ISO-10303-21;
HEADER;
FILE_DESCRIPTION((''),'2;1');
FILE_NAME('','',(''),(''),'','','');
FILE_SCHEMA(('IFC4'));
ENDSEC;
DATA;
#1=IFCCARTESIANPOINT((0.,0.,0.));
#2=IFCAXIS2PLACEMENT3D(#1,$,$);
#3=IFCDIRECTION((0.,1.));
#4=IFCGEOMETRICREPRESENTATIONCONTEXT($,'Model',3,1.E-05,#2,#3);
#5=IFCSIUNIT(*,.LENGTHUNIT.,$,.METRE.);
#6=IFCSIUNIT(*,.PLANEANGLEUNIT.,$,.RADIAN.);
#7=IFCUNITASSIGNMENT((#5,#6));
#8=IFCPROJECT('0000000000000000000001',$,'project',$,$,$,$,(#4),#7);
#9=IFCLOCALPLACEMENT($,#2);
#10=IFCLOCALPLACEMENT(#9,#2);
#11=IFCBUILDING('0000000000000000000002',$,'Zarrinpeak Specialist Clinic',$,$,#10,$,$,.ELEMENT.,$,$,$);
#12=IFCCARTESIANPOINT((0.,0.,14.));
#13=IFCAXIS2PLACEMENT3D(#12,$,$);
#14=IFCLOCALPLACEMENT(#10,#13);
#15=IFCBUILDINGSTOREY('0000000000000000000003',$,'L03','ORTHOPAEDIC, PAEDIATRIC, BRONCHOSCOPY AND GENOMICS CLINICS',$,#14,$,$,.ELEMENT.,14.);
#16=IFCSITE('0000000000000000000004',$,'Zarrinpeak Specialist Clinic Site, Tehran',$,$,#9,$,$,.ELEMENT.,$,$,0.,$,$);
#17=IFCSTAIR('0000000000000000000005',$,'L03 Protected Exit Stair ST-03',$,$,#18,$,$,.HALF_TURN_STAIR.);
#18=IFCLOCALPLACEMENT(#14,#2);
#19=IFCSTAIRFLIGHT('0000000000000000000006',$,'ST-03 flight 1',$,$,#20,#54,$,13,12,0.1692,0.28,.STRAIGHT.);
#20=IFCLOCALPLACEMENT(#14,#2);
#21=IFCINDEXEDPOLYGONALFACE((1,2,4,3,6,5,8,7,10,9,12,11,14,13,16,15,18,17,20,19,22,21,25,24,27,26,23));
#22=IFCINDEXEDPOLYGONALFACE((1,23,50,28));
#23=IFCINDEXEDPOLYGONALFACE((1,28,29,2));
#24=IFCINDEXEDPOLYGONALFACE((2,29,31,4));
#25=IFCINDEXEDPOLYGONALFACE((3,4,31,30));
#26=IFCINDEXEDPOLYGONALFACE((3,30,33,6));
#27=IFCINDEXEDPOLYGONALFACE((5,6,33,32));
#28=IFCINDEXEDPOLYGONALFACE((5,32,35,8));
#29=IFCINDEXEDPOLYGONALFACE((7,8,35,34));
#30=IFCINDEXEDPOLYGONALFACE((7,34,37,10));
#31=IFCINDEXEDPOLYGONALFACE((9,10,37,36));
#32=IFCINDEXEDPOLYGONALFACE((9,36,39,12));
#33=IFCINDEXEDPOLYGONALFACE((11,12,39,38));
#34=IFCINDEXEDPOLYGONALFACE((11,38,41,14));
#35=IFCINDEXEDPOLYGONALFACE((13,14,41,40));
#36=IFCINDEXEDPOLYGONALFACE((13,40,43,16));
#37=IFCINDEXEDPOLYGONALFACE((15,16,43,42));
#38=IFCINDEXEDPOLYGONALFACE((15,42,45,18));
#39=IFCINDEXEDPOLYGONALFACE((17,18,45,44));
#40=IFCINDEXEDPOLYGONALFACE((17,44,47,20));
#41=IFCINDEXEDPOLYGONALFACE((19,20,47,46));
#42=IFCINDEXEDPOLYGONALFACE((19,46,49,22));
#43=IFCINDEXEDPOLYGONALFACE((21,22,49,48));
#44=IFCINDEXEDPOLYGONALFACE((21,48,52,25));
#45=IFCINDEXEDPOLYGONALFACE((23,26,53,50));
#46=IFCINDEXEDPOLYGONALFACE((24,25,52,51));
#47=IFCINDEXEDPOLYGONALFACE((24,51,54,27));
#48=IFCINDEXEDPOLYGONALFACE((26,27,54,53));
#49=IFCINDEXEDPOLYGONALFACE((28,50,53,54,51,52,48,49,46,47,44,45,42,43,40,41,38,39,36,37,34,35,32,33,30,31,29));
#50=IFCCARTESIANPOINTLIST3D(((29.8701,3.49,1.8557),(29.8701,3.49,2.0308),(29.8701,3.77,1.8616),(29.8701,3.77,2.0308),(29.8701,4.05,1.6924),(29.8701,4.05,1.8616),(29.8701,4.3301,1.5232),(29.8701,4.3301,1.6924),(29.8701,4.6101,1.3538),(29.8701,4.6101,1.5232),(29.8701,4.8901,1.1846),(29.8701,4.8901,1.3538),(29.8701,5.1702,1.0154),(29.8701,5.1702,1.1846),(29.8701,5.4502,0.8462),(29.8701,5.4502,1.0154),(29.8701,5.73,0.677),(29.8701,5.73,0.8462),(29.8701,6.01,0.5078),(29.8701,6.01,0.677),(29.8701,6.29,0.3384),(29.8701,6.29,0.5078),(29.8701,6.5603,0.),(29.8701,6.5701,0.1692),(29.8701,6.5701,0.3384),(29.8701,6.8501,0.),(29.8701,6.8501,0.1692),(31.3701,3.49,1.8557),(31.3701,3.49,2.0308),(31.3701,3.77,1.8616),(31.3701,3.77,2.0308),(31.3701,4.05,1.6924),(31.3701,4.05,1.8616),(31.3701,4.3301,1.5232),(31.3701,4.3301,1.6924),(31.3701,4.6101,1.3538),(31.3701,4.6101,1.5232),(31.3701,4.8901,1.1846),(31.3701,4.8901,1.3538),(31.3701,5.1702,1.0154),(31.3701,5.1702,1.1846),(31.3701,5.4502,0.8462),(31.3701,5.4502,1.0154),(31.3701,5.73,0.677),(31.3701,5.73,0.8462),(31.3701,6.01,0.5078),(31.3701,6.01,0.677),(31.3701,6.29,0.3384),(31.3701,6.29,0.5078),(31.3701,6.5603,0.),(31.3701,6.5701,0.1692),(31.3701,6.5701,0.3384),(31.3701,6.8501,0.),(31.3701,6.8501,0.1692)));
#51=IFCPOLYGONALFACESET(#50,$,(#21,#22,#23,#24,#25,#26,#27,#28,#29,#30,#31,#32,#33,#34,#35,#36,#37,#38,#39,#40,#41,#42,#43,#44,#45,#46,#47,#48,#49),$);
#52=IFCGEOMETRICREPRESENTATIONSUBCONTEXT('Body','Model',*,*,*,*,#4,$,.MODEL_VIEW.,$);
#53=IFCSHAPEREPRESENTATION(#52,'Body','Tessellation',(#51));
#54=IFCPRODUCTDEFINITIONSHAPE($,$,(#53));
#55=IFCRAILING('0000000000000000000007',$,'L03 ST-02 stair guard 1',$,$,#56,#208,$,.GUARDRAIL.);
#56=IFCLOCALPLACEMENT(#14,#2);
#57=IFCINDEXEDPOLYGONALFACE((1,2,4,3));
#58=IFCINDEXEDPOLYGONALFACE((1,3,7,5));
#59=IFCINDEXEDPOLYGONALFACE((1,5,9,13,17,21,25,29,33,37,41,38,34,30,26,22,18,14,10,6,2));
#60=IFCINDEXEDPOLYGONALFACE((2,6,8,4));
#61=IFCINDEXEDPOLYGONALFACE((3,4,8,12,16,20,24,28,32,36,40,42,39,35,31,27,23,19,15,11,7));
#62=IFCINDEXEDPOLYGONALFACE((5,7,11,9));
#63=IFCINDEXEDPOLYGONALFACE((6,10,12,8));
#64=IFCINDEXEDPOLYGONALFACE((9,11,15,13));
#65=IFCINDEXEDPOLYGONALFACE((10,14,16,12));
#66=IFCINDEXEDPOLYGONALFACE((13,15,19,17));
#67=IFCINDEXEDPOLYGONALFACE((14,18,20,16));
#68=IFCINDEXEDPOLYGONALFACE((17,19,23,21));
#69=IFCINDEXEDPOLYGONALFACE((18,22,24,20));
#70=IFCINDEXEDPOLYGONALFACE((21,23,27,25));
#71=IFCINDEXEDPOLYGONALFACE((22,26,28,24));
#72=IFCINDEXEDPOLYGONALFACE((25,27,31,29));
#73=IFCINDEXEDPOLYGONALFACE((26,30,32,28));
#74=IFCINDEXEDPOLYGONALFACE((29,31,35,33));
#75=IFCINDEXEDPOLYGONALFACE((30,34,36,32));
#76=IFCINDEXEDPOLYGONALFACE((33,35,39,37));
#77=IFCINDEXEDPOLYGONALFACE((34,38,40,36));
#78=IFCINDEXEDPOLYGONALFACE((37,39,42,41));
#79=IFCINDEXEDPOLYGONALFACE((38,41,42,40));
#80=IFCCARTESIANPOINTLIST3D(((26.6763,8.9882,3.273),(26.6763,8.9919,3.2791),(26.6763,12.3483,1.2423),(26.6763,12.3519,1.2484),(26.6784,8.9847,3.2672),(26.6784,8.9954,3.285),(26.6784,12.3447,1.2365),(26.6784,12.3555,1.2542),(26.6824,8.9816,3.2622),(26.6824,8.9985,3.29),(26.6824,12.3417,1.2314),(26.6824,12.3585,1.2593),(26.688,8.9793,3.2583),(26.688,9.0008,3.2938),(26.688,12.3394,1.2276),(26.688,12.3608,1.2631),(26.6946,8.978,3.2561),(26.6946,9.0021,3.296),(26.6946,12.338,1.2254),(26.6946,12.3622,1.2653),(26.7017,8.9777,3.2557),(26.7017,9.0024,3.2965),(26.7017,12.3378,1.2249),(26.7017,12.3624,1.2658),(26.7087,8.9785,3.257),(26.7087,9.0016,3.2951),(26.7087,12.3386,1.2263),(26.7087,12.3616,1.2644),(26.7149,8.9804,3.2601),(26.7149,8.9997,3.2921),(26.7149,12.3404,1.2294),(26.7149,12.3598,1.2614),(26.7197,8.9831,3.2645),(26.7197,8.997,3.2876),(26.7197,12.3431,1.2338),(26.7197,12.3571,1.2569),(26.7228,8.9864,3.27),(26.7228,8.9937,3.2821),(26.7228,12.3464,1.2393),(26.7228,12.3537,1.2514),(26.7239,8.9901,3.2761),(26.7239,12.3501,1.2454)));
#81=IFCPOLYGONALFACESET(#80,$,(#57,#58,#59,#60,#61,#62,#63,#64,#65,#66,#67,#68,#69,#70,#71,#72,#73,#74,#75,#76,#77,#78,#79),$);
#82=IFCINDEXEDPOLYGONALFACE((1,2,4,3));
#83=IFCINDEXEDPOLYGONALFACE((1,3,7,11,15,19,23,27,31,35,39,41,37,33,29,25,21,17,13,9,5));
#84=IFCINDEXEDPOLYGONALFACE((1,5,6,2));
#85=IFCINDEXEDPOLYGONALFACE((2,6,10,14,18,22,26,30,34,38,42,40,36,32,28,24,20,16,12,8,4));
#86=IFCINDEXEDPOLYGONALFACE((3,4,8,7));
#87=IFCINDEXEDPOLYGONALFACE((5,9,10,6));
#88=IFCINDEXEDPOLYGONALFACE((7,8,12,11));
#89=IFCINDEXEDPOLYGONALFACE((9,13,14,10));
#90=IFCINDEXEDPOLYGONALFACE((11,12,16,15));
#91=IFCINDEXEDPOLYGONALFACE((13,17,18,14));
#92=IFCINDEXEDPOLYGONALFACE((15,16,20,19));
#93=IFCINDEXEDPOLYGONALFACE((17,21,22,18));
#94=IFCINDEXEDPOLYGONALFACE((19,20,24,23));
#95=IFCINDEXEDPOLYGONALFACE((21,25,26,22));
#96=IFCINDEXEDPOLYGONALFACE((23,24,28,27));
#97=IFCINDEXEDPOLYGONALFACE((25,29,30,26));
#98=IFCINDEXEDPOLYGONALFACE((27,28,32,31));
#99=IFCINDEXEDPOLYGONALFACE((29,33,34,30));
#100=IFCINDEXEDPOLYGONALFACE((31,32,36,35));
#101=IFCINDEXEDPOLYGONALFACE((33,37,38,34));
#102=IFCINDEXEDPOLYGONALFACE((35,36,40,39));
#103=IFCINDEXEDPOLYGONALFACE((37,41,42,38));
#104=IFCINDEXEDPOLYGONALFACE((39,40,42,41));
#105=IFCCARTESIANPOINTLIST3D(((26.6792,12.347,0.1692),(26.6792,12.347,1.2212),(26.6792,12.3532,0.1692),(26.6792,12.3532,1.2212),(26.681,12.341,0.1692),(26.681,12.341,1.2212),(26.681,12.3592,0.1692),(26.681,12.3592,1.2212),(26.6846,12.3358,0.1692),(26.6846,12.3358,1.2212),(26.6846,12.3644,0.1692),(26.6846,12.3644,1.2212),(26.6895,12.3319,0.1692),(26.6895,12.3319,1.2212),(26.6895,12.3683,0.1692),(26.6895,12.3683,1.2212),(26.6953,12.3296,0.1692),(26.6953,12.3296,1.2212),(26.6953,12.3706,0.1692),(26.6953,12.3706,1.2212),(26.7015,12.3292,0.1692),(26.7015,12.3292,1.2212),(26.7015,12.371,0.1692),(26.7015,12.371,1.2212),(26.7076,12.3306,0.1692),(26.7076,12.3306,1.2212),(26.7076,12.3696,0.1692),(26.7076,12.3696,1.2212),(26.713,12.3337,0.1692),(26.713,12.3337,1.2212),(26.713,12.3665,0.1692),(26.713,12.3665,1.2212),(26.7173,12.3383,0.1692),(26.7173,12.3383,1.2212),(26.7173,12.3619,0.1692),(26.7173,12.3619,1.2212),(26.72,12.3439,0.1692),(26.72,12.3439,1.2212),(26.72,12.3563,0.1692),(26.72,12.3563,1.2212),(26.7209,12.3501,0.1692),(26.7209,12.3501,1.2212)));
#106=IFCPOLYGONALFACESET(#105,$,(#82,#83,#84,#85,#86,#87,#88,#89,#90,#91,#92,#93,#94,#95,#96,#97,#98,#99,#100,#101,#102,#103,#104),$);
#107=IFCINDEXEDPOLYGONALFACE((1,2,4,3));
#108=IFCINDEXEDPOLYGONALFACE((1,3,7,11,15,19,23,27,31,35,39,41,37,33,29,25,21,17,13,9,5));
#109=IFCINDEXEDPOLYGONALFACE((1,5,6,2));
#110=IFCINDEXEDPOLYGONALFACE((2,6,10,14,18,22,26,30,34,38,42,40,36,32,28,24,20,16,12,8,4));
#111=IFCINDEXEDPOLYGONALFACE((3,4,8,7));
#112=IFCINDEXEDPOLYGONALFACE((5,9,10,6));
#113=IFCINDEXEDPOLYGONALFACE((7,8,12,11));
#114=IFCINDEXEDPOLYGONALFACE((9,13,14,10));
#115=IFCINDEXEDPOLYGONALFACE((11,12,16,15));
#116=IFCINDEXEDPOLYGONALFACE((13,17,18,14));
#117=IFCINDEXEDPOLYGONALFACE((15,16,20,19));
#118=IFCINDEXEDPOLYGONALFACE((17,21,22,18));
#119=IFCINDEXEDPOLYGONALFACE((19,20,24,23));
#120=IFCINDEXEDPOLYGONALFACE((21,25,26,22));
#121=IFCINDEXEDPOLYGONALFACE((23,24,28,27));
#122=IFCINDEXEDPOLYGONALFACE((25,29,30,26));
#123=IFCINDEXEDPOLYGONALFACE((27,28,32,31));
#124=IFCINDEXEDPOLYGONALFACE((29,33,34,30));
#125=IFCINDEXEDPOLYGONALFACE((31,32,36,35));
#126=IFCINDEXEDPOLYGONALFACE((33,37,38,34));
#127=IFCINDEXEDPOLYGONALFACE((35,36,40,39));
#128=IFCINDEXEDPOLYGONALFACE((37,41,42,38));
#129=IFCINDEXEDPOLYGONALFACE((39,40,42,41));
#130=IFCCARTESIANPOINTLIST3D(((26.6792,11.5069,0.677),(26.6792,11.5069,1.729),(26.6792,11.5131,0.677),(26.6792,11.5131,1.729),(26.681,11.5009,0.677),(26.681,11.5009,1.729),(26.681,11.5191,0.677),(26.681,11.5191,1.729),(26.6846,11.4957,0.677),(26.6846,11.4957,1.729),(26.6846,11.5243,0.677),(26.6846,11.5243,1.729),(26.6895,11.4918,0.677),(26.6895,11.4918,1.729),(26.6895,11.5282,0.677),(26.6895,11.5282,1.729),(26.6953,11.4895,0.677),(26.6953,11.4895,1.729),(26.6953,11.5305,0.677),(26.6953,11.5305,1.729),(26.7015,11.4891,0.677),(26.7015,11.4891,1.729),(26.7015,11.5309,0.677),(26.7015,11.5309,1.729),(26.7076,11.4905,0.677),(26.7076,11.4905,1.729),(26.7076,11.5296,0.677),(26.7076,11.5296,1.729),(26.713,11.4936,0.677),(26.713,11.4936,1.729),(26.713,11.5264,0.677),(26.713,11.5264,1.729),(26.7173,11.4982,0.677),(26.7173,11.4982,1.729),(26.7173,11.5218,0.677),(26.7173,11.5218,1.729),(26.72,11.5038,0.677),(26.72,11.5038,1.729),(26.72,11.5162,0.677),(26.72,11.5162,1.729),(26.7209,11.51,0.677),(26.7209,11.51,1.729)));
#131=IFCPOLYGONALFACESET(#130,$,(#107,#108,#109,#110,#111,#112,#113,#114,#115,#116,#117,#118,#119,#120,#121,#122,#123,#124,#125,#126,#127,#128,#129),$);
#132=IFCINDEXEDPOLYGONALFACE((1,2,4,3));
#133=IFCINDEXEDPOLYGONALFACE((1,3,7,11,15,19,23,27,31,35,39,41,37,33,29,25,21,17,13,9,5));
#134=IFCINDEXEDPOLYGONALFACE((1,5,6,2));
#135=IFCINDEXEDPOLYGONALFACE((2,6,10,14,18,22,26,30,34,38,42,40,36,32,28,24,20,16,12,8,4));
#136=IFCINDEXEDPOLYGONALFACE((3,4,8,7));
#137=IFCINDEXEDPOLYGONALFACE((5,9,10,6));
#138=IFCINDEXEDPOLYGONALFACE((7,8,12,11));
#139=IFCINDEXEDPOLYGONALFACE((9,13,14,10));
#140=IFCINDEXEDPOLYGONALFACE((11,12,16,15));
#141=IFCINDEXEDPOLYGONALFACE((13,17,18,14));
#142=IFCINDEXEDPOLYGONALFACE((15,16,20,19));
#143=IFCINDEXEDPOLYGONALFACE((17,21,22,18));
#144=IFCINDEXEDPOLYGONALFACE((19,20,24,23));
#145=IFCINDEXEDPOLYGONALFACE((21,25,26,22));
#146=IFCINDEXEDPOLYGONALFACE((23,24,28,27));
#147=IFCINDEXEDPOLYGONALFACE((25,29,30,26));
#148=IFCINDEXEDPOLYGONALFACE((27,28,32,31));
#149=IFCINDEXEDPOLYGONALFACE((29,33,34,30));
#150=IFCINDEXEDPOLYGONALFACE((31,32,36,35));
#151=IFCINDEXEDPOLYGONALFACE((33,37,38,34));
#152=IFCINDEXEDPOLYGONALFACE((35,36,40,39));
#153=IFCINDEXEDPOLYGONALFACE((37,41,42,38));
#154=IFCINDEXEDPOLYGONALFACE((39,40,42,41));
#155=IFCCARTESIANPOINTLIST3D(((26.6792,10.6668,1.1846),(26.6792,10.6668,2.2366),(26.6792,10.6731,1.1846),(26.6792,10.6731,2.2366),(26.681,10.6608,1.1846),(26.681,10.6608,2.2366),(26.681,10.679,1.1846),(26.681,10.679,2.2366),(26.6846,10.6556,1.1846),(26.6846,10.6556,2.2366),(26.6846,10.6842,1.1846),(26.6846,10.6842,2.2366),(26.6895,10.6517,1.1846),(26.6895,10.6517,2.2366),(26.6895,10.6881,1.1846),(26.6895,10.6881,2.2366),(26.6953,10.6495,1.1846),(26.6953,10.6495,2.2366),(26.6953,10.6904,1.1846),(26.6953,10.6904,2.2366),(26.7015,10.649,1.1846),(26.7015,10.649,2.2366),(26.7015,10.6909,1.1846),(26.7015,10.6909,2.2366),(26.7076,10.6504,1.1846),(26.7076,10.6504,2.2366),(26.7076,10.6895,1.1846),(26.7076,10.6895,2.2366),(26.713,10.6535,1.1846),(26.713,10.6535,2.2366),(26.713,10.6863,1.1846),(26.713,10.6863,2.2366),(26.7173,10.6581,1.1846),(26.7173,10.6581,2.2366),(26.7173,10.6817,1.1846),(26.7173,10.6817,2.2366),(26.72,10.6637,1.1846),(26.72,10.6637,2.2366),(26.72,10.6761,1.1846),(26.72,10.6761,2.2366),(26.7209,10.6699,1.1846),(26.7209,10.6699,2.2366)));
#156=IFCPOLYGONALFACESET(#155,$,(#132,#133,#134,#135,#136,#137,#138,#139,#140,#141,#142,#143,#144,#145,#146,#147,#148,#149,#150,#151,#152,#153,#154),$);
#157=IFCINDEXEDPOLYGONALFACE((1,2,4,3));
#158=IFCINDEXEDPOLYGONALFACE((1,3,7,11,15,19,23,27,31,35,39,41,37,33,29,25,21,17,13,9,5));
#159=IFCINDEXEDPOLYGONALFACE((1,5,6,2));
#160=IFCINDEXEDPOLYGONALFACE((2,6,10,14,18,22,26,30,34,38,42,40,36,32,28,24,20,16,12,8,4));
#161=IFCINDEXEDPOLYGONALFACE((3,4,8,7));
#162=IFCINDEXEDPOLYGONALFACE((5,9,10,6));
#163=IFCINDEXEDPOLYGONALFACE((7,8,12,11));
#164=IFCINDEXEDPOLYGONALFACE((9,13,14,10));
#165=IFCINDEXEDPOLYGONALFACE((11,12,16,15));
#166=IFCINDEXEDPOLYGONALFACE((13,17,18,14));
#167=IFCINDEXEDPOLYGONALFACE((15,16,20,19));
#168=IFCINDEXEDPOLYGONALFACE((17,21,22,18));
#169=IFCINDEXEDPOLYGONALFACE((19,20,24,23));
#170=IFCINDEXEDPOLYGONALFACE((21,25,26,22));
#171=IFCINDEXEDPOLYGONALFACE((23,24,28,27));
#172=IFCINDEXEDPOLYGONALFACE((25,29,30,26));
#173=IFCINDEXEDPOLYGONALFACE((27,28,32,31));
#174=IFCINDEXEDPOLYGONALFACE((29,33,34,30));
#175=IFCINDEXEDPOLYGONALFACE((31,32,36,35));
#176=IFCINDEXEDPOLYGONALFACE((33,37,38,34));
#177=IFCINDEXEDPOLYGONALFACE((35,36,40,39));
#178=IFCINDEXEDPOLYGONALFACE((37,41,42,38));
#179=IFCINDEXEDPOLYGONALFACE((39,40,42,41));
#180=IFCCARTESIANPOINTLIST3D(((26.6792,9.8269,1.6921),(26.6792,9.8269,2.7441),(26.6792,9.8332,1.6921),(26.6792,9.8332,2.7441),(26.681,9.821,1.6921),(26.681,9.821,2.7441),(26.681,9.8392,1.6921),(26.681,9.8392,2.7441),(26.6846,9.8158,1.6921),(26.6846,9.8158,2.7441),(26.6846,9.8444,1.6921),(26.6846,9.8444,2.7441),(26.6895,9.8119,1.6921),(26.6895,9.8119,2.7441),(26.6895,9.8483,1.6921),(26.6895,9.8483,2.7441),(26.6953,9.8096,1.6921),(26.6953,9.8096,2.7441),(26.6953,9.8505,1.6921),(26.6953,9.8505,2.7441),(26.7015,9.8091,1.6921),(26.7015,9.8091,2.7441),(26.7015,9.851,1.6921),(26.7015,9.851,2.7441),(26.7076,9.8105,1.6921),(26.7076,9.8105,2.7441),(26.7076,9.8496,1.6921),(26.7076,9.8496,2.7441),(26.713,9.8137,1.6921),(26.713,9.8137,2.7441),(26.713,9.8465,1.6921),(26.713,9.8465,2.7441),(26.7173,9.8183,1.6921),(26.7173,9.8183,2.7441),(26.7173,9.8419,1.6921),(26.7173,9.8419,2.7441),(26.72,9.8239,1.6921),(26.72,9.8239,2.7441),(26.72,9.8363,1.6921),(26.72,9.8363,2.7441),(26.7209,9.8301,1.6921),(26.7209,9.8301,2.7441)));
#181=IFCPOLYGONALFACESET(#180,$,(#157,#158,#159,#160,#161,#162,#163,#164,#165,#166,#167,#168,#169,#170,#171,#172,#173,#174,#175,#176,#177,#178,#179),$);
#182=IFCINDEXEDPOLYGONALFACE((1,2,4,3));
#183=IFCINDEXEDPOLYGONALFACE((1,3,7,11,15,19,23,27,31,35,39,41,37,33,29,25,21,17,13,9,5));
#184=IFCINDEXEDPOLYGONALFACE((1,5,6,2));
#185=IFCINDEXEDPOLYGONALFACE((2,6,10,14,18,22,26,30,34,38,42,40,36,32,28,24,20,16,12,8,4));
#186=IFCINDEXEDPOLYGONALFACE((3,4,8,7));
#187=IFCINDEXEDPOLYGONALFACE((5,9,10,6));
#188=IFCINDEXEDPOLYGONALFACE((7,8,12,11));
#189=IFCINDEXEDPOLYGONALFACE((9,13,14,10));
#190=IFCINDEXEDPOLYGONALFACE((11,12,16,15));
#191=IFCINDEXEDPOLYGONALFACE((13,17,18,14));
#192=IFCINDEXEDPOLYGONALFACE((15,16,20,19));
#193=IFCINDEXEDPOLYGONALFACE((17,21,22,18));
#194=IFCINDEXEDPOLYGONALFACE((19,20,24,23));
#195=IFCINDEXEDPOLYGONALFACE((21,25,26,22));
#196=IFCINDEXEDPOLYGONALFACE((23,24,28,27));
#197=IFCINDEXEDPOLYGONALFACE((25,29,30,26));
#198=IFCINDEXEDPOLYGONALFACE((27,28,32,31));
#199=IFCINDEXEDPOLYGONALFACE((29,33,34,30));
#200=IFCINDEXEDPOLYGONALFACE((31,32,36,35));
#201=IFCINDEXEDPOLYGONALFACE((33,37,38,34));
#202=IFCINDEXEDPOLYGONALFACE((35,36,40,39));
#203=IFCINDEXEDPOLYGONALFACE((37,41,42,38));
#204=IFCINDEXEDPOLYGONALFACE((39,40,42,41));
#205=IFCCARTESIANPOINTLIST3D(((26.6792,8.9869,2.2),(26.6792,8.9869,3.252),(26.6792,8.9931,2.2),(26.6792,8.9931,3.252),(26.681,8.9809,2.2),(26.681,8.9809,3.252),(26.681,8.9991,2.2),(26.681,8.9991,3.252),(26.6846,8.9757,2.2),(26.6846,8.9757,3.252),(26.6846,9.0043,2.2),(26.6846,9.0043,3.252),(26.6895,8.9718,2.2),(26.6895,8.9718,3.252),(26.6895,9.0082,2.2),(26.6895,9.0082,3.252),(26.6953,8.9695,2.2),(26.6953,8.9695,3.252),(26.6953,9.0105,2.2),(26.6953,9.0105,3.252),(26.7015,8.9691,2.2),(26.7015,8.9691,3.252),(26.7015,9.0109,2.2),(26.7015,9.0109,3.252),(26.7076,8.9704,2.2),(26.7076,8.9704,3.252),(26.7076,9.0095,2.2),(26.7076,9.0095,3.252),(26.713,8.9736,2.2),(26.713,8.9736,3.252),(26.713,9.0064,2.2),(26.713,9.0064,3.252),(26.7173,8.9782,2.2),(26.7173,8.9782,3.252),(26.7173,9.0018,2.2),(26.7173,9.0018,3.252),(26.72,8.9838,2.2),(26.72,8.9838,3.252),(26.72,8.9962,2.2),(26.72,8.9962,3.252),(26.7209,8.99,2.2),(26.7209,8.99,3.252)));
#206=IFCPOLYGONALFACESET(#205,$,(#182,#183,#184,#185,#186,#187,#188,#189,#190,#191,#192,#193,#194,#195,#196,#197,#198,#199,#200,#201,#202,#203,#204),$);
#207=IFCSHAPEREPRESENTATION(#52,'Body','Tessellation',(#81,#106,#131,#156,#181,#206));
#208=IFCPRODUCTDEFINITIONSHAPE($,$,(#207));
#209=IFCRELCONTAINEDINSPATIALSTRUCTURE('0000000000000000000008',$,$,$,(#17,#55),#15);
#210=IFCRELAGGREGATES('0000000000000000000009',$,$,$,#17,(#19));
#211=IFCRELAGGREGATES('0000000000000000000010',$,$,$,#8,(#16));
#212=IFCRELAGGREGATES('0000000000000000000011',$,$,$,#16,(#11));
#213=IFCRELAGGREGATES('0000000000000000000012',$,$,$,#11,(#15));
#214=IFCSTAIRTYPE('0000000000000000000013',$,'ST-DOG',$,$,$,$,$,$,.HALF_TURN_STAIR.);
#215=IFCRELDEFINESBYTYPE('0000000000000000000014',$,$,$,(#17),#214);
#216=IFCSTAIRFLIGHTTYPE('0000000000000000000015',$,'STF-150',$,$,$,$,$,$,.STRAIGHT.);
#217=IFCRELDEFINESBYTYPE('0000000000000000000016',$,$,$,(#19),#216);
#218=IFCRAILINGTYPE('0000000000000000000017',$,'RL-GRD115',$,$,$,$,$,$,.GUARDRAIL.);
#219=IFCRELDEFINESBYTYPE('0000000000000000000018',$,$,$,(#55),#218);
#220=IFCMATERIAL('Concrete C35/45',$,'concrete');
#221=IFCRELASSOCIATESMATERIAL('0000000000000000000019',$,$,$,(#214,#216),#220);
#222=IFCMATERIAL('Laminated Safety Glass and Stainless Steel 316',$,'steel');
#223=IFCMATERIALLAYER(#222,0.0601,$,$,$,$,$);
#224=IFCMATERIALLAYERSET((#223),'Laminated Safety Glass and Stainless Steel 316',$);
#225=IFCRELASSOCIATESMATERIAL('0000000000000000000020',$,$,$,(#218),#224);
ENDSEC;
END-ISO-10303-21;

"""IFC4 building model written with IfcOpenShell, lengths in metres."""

from ifc_helpers import new_model, si_unit, direction, frame, origin, origin_2d, place, context, subcontext, project, spatial, polyline, circle, outline, extrude, material, layer, layer_set, type_object, element, aggregate, save


model = new_model("IFC4")

# Units and contexts
model_context = context("Model", 3, precision=1e-05, world=origin(), true_north=direction((0.0, 1.0)))
body_context = subcontext(model_context, "Body", "Model", "MODEL_VIEW")
ifc_project = project(units=[si_unit("LENGTHUNIT", "METRE"), si_unit("PLANEANGLEUNIT", "RADIAN")], contexts=[model_context])

# Site, building, storey
site_placement = place(None, origin())
site = spatial("IfcSite", under=ifc_project, at=site_placement, Name="Zarrinpeak Specialist Clinic Site, Tehran", CompositionType="ELEMENT", RefElevation=0.0)
building_placement = place(site_placement, origin())
building = spatial("IfcBuilding", under=site, at=building_placement, Name="Zarrinpeak Specialist Clinic", CompositionType="ELEMENT")
storey_placement = place(building_placement, frame((0.0, 0.0, 14.0)))
storey = spatial("IfcBuildingStorey", under=building, at=storey_placement, Name="L03", Description="ORTHOPAEDIC, PAEDIATRIC, BRONCHOSCOPY AND GENOMICS CLINICS", CompositionType="ELEMENT", Elevation=14.0)

# Shared definitions
ifc_material_1 = material(Name="Concrete C35/45", Category="concrete")
stair_type = type_object("IfcStairType", Name="ST-DOG", PredefinedType="HALF_TURN_STAIR", material=ifc_material_1)
stair_flight_type = type_object("IfcStairFlightType", Name="STF-150", PredefinedType="STRAIGHT", material=ifc_material_1)

# Stair, stair flight
stair_1_placement = place(storey_placement, origin())
stair_1 = element("IfcStair", 1, at=stair_1_placement, inside=storey, type_object=stair_type, Name="L03 Protected Exit Stair ST-03", PredefinedType="HALF_TURN_STAIR")
stair_flight_1_placement = place(storey_placement, frame((30.6201, 6.8501, 0.0), z_axis=(0.0, 0.0, 1.0), x_axis=(0.0, -1.0, 0.0)))
stair_flight_1 = element("IfcStairFlight", 2, at=stair_flight_1_placement, type_object=stair_flight_type, Name="ST-03 flight 1", NumberOfRisers=13, NumberOfTreads=12, PredefinedType="STRAIGHT", RiserHeight=0.1692, TreadLength=0.28, context=body_context, shape_type="SweptSolid", body=[
    extrude(outline(polyline([(0.0, 0.0), (0.0, 0.1692), (0.28, 0.1692), (0.28, 0.3384), (0.5601, 0.3384), (0.5601, 0.5078), (0.8401, 0.5078), (0.8401, 0.677), (1.1201, 0.677), (1.1201, 0.8462), (1.3999, 0.8462), (1.3999, 1.0154), (1.6799, 1.0154), (1.6799, 1.1846), (1.96, 1.1846), (1.96, 1.3538), (2.24, 1.3538), (2.24, 1.5232), (2.52, 1.5232), (2.52, 1.6924), (2.8, 1.6924), (2.8, 1.8616), (3.0801, 1.8616), (3.0801, 2.0308), (3.3601, 2.0308), (3.3601, 2.2), (3.3601, 1.8557), (0.2898, 0.0), (0.0, 0.0)])), frame((0.0, 0.75, 0.0), z_axis=(0.0, -1.0, 0.0), x_axis=(1.0, 0.0, 0.0)), (0.0, 0.0, 1.0), 1.5),
])
aggregate(stair_1, [stair_flight_1])

# Railing
ifc_material_2 = material(Name="Laminated Safety Glass and Stainless Steel 316", Category="steel")
ifc_layer_1 = layer(ifc_material_2, 0.0601)
ifc_layer_set_1 = layer_set([ifc_layer_1], Name="Laminated Safety Glass and Stainless Steel 316")
railing_type_1 = type_object("IfcRailingType", Name="RL-GRD115", PredefinedType="GUARDRAIL", material=ifc_layer_set_1)
railing_1_placement = place(storey_placement, frame((26.7, 12.3501, 0.1692)))
element("IfcRailing", 3, at=railing_1_placement, inside=storey, type_object=railing_type_1, Name="L03 ST-02 stair guard 1", PredefinedType="GUARDRAIL", context=body_context, shape_type="SweptSolid", body=[
    extrude(circle(Radius=0.0239, at=origin_2d()), frame((0.0, 0.0, 1.0762), z_axis=(0.0, -0.855837, 0.517246), x_axis=(1.0, 0.0, 0.0)), (0.0, 0.0, 1.0), 3.926),
    extrude(circle(Radius=0.021, at=origin_2d()), origin(), (0.0, 0.0, 1.0), 1.052),
    extrude(circle(Radius=0.021, at=origin_2d()), frame((0.0, -0.8401, 0.5078)), (0.0, 0.0, 1.0), 1.052),
    extrude(circle(Radius=0.021, at=origin_2d()), frame((0.0, -1.6802, 1.0154)), (0.0, 0.0, 1.0), 1.052),
    extrude(circle(Radius=0.021, at=origin_2d()), frame((0.0, -2.52, 1.5229)), (0.0, 0.0, 1.0), 1.052),
    extrude(circle(Radius=0.021, at=origin_2d()), frame((0.0, -3.3601, 2.0308)), (0.0, 0.0, 1.0), 1.052),
])

save(model, "model.ifc")
